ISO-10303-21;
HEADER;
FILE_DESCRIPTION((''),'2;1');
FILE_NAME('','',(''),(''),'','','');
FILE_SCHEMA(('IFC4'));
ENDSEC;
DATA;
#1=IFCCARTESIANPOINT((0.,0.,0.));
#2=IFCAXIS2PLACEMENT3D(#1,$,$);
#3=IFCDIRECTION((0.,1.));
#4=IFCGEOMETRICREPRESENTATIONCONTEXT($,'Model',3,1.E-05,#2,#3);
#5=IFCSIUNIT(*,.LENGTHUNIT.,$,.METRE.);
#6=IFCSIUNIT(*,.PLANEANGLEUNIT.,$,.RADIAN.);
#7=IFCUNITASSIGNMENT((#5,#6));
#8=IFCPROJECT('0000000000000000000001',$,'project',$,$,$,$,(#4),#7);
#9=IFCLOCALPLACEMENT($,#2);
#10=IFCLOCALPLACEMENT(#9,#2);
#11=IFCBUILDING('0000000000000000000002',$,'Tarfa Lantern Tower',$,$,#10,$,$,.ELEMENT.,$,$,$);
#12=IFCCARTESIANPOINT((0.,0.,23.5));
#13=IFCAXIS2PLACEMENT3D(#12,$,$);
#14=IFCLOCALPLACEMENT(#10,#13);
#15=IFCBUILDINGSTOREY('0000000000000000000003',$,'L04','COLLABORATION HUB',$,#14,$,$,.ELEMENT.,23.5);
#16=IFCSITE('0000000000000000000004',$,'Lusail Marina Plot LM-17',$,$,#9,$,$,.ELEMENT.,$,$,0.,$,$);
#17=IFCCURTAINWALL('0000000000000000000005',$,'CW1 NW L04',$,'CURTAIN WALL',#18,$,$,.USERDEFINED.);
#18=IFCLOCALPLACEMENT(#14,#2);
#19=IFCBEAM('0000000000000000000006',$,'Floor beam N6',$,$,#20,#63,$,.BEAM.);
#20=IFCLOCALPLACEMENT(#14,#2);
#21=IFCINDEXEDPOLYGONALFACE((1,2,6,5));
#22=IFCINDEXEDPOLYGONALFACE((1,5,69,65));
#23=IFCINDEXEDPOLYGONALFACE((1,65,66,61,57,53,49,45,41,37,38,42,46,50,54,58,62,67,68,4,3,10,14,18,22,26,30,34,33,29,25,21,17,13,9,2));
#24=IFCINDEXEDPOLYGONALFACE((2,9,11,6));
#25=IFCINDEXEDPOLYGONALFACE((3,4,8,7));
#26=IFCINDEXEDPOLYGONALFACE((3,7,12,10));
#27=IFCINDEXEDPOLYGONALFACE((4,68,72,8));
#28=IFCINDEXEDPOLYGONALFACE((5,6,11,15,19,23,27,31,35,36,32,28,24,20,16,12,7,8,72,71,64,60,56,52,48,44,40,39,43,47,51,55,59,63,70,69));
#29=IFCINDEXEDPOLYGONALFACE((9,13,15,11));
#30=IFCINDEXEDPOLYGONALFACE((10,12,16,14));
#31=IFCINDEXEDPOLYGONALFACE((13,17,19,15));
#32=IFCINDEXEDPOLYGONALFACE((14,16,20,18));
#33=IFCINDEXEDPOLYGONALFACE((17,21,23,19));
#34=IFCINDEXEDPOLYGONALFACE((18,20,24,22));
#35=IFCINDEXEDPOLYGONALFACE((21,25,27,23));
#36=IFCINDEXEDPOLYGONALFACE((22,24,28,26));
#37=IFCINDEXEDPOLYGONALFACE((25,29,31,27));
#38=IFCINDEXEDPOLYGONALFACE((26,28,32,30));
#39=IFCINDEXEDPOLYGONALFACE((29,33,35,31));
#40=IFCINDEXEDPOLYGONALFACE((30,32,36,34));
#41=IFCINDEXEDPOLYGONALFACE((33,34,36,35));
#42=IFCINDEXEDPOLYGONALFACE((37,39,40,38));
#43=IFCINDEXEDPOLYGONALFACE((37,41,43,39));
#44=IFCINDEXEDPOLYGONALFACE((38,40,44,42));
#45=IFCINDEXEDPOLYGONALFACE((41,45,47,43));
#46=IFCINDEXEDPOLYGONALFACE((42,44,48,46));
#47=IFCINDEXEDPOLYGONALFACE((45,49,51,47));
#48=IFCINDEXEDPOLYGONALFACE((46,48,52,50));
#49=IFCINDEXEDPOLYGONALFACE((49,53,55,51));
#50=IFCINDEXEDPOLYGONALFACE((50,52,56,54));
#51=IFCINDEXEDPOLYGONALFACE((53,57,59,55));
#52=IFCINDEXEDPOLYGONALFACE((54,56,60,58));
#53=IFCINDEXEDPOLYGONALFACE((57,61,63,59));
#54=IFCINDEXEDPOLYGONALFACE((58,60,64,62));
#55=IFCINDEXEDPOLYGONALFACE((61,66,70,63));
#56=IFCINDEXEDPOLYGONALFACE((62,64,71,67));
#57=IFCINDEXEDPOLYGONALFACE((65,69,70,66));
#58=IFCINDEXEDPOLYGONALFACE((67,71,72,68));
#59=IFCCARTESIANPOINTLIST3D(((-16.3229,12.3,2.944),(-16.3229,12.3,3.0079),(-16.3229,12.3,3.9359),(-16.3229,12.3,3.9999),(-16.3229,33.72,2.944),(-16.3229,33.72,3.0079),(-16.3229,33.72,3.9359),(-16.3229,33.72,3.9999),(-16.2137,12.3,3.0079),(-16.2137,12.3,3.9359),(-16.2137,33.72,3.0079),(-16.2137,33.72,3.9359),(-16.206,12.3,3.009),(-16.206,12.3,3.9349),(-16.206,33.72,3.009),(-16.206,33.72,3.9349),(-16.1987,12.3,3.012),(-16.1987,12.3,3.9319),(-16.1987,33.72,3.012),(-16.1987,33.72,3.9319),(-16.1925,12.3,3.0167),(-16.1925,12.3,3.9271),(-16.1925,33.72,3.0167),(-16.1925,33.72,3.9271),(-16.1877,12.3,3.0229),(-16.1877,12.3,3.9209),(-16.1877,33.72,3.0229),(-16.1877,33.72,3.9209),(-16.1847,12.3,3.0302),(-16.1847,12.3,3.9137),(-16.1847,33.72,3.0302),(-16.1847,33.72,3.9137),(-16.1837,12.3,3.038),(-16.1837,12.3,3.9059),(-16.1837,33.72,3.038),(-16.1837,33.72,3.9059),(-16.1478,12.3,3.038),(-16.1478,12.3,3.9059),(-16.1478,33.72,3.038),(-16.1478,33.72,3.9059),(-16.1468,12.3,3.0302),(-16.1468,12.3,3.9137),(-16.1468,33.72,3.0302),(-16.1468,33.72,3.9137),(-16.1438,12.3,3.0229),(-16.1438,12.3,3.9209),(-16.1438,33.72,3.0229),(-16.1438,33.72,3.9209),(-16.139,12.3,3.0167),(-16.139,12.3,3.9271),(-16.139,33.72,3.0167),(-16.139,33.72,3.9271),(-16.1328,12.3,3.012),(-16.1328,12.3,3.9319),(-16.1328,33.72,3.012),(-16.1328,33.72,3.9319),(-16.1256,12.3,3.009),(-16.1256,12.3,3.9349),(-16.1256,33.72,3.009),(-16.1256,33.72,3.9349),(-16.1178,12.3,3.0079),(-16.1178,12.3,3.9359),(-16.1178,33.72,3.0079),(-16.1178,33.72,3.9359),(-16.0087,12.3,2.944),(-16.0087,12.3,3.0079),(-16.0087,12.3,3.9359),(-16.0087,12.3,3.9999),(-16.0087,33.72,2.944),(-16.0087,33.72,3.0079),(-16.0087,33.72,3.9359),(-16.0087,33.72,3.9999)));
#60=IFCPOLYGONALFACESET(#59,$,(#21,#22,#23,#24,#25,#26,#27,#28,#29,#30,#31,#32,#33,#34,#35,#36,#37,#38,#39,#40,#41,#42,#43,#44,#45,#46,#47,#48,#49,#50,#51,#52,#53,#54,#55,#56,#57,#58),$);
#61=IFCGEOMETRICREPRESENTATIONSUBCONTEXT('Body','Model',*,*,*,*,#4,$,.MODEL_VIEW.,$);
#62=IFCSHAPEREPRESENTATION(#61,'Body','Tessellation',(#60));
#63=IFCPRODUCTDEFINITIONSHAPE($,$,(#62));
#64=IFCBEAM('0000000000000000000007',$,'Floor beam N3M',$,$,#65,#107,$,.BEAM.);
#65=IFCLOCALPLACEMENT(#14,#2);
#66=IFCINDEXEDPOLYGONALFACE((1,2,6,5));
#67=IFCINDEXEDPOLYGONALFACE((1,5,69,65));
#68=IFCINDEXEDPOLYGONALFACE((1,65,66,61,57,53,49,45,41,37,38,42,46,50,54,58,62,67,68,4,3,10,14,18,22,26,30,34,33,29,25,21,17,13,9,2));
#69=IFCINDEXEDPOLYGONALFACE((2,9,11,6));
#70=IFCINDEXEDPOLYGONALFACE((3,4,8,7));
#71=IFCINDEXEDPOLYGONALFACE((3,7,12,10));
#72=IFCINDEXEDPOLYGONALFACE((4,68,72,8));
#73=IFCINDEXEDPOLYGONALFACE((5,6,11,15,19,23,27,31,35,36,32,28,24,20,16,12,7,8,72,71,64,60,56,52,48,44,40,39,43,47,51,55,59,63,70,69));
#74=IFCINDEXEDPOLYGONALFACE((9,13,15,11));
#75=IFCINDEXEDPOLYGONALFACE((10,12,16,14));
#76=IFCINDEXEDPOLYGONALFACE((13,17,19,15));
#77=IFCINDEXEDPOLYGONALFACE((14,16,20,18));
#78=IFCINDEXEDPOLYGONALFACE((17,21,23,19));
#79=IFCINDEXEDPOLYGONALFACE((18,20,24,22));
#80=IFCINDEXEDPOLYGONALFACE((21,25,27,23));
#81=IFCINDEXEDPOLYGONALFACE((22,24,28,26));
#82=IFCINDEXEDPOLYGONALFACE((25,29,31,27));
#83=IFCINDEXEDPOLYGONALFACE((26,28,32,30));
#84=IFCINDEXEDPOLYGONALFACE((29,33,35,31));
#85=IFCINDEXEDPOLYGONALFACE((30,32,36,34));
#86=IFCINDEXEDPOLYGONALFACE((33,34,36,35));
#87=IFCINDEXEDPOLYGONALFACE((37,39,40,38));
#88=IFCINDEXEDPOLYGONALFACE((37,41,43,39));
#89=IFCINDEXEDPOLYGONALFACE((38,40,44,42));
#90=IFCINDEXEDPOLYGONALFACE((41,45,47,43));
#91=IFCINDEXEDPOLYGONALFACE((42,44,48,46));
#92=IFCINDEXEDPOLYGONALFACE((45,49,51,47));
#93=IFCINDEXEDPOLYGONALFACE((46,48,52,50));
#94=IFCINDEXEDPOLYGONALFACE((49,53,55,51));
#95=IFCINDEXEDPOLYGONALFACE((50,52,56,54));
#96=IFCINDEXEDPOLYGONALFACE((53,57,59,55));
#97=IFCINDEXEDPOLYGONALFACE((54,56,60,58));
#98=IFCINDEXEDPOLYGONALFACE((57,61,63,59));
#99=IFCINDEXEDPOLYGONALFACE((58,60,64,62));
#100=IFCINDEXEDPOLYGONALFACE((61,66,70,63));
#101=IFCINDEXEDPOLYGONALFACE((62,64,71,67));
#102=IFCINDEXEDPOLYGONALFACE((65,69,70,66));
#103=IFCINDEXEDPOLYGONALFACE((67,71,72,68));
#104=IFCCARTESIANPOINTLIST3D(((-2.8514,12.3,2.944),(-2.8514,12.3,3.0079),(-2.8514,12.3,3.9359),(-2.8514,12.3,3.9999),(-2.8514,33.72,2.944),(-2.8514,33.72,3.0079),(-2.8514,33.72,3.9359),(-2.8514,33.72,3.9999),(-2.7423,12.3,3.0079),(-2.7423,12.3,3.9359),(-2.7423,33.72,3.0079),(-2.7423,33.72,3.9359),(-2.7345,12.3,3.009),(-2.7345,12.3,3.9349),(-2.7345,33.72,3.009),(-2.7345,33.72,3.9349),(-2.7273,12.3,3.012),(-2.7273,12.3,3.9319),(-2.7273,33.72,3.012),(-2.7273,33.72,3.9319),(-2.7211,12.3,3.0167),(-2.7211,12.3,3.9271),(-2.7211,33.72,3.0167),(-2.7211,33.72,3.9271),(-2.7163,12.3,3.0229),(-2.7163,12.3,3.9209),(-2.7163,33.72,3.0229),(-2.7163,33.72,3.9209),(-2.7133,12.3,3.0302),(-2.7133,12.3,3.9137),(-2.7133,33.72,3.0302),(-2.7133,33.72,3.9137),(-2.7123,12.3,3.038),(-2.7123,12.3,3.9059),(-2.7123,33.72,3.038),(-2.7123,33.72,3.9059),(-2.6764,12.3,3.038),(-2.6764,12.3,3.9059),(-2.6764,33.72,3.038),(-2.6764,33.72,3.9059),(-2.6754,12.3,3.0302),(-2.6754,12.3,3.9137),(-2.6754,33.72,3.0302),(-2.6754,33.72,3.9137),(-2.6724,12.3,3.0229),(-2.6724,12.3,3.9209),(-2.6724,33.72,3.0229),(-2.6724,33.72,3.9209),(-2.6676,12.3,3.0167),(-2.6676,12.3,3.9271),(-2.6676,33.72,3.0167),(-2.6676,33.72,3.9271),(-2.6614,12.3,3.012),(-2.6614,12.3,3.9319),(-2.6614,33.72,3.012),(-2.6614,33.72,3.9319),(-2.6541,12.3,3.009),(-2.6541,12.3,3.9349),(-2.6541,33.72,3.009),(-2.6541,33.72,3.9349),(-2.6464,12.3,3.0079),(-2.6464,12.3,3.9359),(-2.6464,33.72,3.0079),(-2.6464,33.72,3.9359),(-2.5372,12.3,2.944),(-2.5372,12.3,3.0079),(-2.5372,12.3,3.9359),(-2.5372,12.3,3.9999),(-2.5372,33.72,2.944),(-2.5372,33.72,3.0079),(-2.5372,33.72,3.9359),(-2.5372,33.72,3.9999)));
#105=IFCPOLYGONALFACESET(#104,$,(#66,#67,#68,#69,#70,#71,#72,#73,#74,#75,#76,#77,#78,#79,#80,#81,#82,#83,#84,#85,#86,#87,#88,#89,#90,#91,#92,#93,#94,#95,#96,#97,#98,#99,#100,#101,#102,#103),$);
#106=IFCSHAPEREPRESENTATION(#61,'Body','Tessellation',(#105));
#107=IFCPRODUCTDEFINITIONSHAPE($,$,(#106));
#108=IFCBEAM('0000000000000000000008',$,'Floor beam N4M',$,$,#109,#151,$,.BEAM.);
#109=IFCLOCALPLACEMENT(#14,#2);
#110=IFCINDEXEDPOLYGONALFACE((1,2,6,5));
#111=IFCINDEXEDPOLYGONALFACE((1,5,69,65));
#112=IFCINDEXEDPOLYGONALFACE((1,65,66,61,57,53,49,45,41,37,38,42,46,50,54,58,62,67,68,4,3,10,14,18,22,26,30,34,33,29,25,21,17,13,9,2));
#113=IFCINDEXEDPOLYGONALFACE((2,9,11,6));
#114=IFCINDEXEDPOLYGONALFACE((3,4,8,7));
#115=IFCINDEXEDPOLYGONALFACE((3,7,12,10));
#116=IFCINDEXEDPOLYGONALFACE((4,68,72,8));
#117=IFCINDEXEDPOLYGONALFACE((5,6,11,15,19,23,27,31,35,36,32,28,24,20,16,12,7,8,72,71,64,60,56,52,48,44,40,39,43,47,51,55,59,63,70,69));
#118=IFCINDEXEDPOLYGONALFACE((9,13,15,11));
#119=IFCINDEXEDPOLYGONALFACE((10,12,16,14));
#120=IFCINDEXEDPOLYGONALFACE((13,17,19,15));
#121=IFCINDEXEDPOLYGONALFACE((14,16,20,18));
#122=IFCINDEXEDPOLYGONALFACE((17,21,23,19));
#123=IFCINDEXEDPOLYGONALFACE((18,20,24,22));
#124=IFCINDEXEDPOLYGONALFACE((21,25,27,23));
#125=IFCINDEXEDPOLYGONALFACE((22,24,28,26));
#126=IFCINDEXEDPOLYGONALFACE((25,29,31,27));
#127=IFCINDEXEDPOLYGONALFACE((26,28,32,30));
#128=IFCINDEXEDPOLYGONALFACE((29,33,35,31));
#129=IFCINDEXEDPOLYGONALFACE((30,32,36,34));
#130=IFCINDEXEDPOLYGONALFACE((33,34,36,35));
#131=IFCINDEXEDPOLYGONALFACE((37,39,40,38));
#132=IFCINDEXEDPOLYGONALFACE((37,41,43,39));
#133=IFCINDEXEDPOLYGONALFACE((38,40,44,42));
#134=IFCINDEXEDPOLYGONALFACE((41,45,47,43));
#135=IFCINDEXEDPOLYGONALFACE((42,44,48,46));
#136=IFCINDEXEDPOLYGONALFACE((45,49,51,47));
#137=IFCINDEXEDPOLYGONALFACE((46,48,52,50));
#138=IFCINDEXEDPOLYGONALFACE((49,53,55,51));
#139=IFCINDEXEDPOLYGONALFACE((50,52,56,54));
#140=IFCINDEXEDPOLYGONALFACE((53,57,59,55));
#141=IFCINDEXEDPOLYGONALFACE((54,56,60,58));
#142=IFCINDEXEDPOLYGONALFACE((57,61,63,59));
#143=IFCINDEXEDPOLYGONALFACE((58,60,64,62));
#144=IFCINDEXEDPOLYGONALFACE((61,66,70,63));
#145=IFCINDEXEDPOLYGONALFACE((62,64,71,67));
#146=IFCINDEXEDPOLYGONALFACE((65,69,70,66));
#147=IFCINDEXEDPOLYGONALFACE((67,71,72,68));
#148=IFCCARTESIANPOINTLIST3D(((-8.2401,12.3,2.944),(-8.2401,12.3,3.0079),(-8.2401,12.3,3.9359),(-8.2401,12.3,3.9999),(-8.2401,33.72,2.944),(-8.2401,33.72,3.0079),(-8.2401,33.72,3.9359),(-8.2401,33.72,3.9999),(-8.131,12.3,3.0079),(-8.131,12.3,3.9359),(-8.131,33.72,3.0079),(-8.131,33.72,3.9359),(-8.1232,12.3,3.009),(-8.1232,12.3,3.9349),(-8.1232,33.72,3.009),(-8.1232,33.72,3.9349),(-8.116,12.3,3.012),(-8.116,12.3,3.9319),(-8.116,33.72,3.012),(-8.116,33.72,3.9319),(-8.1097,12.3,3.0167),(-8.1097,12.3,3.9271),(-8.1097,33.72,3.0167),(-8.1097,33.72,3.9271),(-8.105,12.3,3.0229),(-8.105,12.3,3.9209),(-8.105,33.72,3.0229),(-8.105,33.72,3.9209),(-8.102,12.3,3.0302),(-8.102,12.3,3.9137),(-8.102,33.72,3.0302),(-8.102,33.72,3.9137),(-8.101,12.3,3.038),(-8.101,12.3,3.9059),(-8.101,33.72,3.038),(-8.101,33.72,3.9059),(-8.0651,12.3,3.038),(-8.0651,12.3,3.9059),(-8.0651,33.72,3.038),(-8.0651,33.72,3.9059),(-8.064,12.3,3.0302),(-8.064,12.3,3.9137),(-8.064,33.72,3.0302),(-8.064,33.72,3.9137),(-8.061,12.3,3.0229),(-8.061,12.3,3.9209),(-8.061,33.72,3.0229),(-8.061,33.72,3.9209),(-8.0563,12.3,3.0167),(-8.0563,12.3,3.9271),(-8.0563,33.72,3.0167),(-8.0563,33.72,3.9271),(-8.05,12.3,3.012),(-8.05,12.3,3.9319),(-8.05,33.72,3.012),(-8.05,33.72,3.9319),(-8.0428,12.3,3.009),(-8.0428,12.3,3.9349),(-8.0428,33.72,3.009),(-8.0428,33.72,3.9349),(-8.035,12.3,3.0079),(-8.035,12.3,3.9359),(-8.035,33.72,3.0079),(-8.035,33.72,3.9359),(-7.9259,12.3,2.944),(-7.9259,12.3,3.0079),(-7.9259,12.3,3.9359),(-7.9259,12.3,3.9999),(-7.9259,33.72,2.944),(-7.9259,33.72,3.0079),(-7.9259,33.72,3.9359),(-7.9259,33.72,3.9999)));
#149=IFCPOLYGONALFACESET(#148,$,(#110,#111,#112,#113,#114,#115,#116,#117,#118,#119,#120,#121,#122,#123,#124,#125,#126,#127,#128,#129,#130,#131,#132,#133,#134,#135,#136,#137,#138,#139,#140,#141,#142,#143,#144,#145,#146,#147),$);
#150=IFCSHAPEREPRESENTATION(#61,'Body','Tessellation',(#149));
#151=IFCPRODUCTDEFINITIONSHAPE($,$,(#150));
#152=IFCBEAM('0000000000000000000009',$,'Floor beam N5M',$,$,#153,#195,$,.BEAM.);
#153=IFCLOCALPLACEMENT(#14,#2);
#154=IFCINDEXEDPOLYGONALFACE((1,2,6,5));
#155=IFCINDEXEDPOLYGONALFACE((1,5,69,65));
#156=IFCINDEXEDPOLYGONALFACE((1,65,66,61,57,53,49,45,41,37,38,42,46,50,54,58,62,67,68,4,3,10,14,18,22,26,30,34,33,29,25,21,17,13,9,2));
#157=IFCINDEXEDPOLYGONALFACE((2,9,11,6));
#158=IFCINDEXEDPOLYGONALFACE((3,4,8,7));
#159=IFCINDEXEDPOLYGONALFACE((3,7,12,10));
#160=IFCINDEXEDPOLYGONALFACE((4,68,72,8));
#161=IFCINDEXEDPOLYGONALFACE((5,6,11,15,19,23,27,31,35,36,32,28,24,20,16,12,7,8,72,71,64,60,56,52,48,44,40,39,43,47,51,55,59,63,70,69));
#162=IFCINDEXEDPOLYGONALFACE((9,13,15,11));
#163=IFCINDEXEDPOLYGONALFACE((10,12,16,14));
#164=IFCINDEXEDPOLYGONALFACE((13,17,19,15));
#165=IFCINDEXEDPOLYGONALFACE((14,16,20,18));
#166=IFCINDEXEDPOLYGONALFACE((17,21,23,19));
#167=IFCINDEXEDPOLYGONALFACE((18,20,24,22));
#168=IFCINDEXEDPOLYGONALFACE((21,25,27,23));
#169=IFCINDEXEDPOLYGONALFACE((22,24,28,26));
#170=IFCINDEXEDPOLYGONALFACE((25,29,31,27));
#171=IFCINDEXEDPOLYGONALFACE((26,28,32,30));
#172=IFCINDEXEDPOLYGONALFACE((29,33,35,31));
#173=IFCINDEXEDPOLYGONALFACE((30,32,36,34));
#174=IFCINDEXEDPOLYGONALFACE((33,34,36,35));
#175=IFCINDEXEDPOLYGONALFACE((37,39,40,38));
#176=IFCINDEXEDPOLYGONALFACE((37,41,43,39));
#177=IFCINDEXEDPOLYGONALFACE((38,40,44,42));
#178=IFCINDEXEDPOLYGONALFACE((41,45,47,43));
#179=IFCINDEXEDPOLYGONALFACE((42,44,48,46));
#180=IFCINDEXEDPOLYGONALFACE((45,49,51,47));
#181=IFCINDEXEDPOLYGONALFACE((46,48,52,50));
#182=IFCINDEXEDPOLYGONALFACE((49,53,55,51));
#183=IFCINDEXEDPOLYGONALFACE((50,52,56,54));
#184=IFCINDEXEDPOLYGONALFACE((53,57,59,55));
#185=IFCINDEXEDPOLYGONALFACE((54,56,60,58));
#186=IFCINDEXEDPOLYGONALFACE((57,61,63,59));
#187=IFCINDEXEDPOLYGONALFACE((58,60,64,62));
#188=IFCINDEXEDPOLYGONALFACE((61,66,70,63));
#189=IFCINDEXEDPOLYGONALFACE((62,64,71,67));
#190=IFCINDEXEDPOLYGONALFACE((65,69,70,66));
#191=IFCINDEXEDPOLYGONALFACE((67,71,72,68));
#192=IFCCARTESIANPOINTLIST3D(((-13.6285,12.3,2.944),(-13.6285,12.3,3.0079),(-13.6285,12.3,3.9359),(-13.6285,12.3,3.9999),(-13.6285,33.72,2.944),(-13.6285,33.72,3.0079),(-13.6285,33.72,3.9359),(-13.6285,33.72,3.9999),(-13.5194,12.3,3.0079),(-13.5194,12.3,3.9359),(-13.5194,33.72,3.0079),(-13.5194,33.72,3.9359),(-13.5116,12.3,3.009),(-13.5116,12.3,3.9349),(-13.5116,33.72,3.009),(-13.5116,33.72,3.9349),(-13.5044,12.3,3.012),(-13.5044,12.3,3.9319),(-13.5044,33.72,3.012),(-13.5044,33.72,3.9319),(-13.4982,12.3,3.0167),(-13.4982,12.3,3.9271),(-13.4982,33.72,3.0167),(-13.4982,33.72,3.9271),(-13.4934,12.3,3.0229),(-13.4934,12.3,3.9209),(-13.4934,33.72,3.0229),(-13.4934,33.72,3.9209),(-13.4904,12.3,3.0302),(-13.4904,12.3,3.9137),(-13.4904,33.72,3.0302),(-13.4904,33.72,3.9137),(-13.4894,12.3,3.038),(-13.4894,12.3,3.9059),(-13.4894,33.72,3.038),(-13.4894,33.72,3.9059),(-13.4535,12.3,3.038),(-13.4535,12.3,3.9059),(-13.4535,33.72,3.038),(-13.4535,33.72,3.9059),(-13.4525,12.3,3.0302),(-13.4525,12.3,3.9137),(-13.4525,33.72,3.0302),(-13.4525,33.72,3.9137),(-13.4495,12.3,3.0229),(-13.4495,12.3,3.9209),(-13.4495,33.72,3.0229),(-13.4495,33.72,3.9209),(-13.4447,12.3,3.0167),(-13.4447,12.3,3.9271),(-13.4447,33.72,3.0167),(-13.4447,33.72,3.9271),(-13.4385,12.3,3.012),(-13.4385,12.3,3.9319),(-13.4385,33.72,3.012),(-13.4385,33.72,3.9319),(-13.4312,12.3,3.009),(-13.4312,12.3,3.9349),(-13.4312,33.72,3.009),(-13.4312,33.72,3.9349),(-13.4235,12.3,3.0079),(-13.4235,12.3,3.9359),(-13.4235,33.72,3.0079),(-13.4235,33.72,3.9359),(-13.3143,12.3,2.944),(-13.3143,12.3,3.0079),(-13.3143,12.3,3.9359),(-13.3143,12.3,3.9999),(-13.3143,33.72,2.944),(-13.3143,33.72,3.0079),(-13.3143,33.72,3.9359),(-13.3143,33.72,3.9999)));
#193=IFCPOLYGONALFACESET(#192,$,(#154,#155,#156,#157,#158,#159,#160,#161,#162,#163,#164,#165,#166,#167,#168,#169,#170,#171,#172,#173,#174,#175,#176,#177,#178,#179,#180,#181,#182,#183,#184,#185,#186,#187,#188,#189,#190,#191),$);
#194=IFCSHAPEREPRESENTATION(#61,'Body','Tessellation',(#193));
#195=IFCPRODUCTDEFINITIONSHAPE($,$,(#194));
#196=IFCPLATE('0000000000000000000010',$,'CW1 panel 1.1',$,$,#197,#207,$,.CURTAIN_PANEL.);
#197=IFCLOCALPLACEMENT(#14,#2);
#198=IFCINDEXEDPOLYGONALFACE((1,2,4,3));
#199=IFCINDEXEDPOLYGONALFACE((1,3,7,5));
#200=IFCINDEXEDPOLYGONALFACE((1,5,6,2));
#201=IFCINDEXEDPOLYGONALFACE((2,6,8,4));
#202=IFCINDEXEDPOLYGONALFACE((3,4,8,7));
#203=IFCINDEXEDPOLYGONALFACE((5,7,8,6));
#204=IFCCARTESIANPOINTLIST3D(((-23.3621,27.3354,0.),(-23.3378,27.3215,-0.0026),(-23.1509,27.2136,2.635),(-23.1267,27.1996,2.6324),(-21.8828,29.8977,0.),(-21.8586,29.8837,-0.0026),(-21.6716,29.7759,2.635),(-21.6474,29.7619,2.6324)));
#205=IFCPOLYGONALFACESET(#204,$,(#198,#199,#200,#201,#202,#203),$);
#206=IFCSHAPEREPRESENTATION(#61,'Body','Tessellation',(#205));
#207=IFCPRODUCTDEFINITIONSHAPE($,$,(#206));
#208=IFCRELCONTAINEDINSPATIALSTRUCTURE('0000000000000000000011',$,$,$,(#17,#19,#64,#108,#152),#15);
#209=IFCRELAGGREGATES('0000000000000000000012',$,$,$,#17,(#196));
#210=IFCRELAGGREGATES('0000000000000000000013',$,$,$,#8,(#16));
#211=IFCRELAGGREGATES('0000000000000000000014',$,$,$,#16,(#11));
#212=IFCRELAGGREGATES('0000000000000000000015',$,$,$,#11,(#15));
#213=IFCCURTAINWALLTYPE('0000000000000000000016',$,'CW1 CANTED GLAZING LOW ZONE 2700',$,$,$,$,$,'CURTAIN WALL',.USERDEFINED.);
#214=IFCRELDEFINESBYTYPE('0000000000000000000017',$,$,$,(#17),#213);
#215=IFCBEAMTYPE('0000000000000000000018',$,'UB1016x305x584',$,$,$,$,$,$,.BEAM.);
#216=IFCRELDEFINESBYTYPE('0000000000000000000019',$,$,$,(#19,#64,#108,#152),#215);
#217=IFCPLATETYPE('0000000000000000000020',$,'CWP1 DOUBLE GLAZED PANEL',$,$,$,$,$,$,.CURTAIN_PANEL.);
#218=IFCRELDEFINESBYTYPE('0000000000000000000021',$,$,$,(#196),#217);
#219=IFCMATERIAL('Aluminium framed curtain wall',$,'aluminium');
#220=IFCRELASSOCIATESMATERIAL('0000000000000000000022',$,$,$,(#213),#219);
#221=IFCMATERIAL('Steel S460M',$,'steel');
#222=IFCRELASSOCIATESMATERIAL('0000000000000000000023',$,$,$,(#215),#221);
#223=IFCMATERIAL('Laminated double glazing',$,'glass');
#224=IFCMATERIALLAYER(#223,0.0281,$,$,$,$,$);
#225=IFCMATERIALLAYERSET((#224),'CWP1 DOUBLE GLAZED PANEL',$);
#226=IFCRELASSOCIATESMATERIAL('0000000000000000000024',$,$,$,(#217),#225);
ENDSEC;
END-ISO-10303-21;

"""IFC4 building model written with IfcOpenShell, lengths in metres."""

from ifc_helpers import new_model, si_unit, direction, frame, origin, origin_2d, place, context, subcontext, project, spatial, polyline, i_section, outline, extrude, material, layer, layer_set, material_profile, profile_set, type_object, element, aggregate, save


model = new_model("IFC4")

# Units and contexts
model_context = context("Model", 3, precision=1e-05, world=origin(), true_north=direction((0.0, 1.0)))
body_context = subcontext(model_context, "Body", "Model", "MODEL_VIEW")
ifc_project = project(units=[si_unit("LENGTHUNIT", "METRE"), si_unit("PLANEANGLEUNIT", "RADIAN")], contexts=[model_context])

# Site, building, storey
site_placement = place(None, origin())
site = spatial("IfcSite", under=ifc_project, at=site_placement, Name="Lusail Marina Plot LM-17", CompositionType="ELEMENT", RefElevation=0.0)
building_placement = place(site_placement, origin())
building = spatial("IfcBuilding", under=site, at=building_placement, Name="Tarfa Lantern Tower", CompositionType="ELEMENT")
storey_placement = place(building_placement, frame((0.0, 0.0, 23.5)))
storey = spatial("IfcBuildingStorey", under=building, at=storey_placement, Name="L04", Description="COLLABORATION HUB", CompositionType="ELEMENT", Elevation=23.5)

# Curtain wall
ifc_material_1 = material(Name="Aluminium framed curtain wall", Category="aluminium")
curtain_wall_type = type_object("IfcCurtainWallType", Name="CW1 CANTED GLAZING LOW ZONE 2700", ElementType="CURTAIN WALL", PredefinedType="USERDEFINED", material=ifc_material_1)
curtain_wall_placement = place(storey_placement, origin())
curtain_wall = element("IfcCurtainWall", 1, at=curtain_wall_placement, inside=storey, type_object=curtain_wall_type, Name="CW1 NW L04", ObjectType="CURTAIN WALL", PredefinedType="USERDEFINED")

# Beams
ifc_material_2 = material(Name="Steel S460M", Category="steel")
ifc_material_profile_1 = material_profile(ifc_material_2, i_section(OverallWidth=0.3142, OverallDepth=1.0559, WebThickness=0.0359, FlangeThickness=0.064, FilletRadius=0.03, at=origin_2d()), Name="UB1016x305x584")
ifc_profile_set_1 = profile_set([ifc_material_profile_1], Name="Steel S460M")
beam_type_1 = type_object("IfcBeamType", Name="UB1016x305x584", PredefinedType="BEAM", material=ifc_profile_set_1)
for number, where, z_axis, x_axis, name in (
    (2, (-16.1658, 33.72, 3.4719), (0.0, -1.0, 0.0), (1.0, 0.0, 0.0), "Floor beam N6"),
    (3, (-2.6943, 33.72, 3.4719), (0.0, -1.0, 0.0), (1.0, 0.0, 0.0), "Floor beam N3M"),
    (4, (-8.083, 33.72, 3.4719), (0.0, -1.0, 0.0), (1.0, 0.0, 0.0), "Floor beam N4M"),
    (5, (-13.4714, 33.72, 3.4719), (0.0, -1.0, 0.0), (1.0, 0.0, 0.0), "Floor beam N5M"),
):
    element("IfcBeam", number, at=place(storey_placement, frame(where, z_axis=z_axis, x_axis=x_axis)), inside=storey, type_object=beam_type_1, Name=name, PredefinedType="BEAM", context=body_context, shape_type="SweptSolid", body=[
        extrude(i_section(OverallWidth=0.3142, OverallDepth=1.0559, WebThickness=0.0359, FlangeThickness=0.064, FilletRadius=0.03, at=origin_2d()), origin(), (0.0, 0.0, 1.0), 21.4199),
    ])

# Plate
ifc_material_3 = material(Name="Laminated double glazing", Category="glass")
ifc_layer_1 = layer(ifc_material_3, 0.0281)
ifc_layer_set_1 = layer_set([ifc_layer_1], Name="CWP1 DOUBLE GLAZED PANEL")
plate_type = type_object("IfcPlateType", Name="CWP1 DOUBLE GLAZED PANEL", PredefinedType="CURTAIN_PANEL", material=ifc_layer_set_1)
plate_placement = place(storey_placement, frame((-21.8828, 29.8977, 0.0), z_axis=(-0.862353, 0.497856, 0.092131), x_axis=(-0.499982, -0.866036, 0.0)))
plate = element("IfcPlate", 6, at=plate_placement, type_object=plate_type, Name="CW1 panel 1.1", PredefinedType="CURTAIN_PANEL", context=body_context, shape_type="SweptSolid", body=[
    extrude(outline(polyline([(0.0, 0.0), (2.9586, 0.0), (2.9585, 2.6463), (-0.0001, 2.6463), (0.0, 0.0)])), origin(), (0.0, 0.0, -1.0), 0.0281),
])
aggregate(curtain_wall, [plate])

save(model, "model.ifc")
